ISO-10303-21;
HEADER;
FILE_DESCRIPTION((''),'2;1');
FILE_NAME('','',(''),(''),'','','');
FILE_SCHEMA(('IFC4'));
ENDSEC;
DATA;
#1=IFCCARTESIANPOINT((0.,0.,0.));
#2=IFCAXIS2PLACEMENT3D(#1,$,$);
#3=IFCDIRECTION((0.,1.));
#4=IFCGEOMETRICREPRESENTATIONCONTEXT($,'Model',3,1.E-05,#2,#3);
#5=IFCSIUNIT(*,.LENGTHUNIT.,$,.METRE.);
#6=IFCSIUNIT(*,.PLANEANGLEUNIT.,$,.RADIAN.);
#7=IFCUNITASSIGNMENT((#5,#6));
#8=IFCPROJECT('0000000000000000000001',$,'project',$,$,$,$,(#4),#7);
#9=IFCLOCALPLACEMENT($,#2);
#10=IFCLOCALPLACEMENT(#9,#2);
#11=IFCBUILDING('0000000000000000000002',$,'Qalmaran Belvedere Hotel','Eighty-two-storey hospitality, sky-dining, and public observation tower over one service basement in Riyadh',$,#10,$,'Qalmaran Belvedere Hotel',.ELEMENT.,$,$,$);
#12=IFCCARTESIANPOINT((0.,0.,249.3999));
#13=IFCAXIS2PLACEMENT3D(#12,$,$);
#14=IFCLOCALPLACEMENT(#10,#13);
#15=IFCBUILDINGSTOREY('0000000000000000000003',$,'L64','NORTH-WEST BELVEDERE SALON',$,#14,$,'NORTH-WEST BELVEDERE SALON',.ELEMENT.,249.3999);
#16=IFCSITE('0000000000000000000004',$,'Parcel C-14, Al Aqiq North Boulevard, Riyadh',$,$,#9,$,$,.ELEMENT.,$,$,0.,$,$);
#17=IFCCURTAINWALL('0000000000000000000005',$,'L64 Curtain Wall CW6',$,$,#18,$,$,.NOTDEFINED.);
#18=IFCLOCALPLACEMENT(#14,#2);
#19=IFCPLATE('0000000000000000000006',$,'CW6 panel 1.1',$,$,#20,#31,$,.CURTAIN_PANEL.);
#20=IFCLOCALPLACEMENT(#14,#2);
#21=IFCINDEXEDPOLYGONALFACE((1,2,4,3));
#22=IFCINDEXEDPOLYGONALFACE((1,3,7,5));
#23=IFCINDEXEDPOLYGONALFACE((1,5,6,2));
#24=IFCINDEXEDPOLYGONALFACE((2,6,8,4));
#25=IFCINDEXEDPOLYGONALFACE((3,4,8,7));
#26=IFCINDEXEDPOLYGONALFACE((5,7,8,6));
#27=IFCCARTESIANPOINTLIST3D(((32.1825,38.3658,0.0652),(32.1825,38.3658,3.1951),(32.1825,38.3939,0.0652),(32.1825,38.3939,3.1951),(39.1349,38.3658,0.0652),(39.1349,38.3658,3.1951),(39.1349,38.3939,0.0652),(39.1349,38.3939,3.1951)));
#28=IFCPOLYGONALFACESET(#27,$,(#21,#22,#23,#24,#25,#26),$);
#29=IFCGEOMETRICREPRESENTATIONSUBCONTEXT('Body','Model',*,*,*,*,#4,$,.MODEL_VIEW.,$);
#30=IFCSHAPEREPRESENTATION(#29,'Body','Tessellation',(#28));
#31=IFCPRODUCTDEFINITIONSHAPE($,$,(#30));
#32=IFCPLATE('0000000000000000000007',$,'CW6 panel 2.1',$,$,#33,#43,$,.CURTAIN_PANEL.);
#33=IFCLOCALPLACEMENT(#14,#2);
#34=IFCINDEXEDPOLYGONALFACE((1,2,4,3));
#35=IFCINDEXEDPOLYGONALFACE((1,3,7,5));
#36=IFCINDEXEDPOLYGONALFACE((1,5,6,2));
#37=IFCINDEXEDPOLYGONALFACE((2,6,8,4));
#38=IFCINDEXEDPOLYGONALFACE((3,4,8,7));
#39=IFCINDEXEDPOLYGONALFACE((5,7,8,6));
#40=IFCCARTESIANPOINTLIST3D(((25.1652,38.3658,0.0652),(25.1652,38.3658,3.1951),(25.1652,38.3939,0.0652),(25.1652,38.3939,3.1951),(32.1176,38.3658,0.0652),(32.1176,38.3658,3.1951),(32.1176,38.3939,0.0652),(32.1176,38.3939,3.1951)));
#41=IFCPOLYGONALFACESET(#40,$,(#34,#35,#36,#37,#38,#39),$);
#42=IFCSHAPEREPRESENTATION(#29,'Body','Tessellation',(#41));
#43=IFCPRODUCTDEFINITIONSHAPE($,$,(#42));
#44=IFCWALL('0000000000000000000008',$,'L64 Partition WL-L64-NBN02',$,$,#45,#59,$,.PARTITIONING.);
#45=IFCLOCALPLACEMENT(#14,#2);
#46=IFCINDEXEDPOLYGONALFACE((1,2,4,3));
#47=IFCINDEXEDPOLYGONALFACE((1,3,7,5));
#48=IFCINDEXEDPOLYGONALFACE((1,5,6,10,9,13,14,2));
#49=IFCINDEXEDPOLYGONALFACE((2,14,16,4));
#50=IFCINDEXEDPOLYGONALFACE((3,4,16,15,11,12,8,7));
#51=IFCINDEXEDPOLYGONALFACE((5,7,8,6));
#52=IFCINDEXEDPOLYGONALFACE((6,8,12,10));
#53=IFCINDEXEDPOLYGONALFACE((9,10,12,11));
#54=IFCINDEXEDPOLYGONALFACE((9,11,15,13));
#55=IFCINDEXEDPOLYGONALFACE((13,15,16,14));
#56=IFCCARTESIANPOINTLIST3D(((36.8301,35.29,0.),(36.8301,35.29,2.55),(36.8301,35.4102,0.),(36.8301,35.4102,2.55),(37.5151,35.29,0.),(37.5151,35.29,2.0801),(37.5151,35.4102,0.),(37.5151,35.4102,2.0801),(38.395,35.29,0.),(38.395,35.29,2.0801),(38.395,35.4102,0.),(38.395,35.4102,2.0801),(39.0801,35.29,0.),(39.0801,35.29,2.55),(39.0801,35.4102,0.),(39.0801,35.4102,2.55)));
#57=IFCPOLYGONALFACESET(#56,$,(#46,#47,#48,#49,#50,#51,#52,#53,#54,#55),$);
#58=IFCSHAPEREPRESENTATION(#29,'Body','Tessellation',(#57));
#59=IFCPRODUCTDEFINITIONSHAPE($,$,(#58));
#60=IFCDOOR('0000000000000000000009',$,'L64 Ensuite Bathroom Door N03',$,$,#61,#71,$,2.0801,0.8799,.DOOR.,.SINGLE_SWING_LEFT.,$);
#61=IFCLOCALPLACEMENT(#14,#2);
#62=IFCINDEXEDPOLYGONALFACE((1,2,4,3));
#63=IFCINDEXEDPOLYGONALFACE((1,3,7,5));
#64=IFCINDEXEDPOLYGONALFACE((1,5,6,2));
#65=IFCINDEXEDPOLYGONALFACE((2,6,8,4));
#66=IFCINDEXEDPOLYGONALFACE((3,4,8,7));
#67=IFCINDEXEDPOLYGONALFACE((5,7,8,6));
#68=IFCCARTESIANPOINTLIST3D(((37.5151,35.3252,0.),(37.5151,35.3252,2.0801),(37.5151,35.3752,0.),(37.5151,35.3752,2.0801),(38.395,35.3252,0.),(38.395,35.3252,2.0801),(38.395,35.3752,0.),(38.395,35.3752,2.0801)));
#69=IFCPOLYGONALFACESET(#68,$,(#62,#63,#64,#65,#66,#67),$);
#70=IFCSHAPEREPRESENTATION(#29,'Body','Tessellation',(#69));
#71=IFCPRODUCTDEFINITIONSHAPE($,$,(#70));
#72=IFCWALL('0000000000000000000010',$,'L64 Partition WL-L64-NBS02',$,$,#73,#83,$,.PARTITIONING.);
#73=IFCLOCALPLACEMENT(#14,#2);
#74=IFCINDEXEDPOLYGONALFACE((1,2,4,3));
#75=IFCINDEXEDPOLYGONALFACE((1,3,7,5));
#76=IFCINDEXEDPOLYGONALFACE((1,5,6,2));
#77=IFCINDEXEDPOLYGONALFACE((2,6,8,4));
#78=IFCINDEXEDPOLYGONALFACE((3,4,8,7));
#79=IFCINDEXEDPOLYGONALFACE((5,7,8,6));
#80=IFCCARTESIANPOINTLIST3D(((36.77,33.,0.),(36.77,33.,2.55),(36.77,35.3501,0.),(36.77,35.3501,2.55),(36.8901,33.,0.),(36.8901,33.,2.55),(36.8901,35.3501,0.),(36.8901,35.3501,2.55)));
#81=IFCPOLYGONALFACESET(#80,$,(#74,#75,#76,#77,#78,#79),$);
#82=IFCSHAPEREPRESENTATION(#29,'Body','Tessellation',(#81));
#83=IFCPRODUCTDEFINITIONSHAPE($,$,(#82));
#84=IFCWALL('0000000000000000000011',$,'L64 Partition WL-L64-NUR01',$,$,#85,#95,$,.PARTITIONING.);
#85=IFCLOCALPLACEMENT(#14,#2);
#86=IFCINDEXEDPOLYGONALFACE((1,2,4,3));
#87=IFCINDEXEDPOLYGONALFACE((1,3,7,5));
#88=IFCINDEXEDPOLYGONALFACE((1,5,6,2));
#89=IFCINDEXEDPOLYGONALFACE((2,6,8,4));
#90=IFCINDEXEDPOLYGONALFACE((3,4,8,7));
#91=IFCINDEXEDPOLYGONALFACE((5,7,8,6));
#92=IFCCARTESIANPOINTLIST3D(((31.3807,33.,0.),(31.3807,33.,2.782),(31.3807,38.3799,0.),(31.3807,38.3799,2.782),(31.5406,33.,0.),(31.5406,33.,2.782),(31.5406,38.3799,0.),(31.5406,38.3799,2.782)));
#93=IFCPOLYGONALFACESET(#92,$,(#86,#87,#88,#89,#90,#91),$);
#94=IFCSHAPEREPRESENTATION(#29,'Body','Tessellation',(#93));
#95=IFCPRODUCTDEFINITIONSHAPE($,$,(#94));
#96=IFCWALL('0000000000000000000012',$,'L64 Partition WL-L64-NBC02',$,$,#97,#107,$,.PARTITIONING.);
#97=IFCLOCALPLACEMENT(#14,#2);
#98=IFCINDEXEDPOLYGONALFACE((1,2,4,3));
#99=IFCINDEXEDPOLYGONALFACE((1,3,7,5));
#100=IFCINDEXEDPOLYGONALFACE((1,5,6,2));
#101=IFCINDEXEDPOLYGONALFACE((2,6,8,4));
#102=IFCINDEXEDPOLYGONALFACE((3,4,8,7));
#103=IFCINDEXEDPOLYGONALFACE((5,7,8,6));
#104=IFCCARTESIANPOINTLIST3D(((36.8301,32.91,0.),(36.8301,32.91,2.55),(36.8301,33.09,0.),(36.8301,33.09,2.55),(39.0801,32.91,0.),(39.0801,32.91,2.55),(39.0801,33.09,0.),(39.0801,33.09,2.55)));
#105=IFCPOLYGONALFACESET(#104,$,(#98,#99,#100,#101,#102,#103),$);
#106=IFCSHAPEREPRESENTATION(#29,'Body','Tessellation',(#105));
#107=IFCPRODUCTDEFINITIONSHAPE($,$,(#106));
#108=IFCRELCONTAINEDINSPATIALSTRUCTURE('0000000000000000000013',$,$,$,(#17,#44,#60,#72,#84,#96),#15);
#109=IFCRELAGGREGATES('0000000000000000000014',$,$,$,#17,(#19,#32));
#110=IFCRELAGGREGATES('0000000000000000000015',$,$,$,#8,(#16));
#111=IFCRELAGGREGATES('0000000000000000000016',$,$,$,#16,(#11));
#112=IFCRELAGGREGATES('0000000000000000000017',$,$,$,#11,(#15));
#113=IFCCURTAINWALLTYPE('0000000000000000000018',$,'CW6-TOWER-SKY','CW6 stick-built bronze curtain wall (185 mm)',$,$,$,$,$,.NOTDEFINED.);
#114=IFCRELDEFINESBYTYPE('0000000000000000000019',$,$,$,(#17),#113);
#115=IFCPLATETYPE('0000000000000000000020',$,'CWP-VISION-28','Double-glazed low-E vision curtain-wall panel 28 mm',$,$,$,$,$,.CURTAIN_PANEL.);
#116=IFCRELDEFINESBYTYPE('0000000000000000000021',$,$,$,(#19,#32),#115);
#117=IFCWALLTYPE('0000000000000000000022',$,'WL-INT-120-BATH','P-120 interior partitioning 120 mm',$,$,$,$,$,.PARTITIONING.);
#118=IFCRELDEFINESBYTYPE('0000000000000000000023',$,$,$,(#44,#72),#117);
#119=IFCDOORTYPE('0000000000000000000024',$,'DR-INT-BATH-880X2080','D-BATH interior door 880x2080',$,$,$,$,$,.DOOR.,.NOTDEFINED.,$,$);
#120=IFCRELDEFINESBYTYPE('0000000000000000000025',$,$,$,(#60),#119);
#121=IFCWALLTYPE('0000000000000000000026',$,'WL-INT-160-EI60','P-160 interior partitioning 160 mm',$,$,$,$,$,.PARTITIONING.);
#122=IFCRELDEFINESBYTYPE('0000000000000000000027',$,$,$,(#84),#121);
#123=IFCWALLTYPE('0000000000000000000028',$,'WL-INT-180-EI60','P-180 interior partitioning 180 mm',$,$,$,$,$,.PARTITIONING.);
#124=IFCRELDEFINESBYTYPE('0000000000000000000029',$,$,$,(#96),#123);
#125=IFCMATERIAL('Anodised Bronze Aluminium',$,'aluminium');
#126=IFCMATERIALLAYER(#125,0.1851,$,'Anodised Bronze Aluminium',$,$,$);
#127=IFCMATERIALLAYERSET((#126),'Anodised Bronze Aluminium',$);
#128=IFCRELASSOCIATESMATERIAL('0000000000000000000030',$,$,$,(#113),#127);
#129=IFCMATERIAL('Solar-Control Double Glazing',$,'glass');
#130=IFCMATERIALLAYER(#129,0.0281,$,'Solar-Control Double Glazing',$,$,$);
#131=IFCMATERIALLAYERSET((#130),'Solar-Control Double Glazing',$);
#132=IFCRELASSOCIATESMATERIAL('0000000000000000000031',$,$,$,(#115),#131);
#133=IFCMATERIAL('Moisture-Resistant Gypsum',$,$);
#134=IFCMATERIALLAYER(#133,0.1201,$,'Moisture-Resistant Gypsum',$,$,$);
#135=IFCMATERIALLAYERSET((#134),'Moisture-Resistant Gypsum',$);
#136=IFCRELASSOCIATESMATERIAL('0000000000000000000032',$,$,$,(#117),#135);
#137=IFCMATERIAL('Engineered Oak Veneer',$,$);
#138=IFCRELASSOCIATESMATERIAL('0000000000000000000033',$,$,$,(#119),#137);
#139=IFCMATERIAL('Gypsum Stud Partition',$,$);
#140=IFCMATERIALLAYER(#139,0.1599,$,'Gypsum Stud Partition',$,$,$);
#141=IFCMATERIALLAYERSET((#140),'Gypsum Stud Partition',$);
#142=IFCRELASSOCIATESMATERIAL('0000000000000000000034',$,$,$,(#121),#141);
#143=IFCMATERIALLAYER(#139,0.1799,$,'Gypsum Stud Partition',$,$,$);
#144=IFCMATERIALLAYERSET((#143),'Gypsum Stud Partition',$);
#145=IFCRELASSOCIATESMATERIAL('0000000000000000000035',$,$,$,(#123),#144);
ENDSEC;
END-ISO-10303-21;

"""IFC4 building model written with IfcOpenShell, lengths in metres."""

from ifc_helpers import new_model, si_unit, direction, frame, frame_2d, origin, origin_2d, place, context, subcontext, project, spatial, rectangle, extrude, material, layer, layer_set, type_object, element, fill, aggregate, save


model = new_model("IFC4")

# Units and contexts
model_context = context("Model", 3, precision=1e-05, world=origin(), true_north=direction((0.0, 1.0)))
body_context = subcontext(model_context, "Body", "Model", "MODEL_VIEW")
ifc_project = project(units=[si_unit("LENGTHUNIT", "METRE"), si_unit("PLANEANGLEUNIT", "RADIAN")], contexts=[model_context])

# Site, building, storey
site_placement = place(None, origin())
site = spatial("IfcSite", under=ifc_project, at=site_placement, Name="Parcel C-14, Al Aqiq North Boulevard, Riyadh", CompositionType="ELEMENT", RefElevation=0.0)
building_placement = place(site_placement, origin())
building = spatial("IfcBuilding", under=site, at=building_placement, Name="Qalmaran Belvedere Hotel", Description="Eighty-two-storey hospitality, sky-dining, and public observation tower over one service basement in Riyadh", LongName="Qalmaran Belvedere Hotel", CompositionType="ELEMENT")
storey_placement = place(building_placement, frame((0.0, 0.0, 249.3999)))
storey = spatial("IfcBuildingStorey", under=building, at=storey_placement, Name="L64", Description="NORTH-WEST BELVEDERE SALON", LongName="NORTH-WEST BELVEDERE SALON", CompositionType="ELEMENT", Elevation=249.3999)

# Curtain wall, plates
ifc_material_1 = material(Name="Anodised Bronze Aluminium", Category="aluminium")
ifc_layer_1 = layer(ifc_material_1, 0.1851, Name="Anodised Bronze Aluminium")
ifc_layer_set_1 = layer_set([ifc_layer_1], Name="Anodised Bronze Aluminium")
curtain_wall_type = type_object("IfcCurtainWallType", Name="CW6-TOWER-SKY", Description="CW6 stick-built bronze curtain wall (185 mm)", PredefinedType="NOTDEFINED", material=ifc_layer_set_1)
curtain_wall_placement = place(storey_placement, origin())
curtain_wall = element("IfcCurtainWall", 1, at=curtain_wall_placement, inside=storey, type_object=curtain_wall_type, Name="L64 Curtain Wall CW6", PredefinedType="NOTDEFINED")
ifc_material_2 = material(Name="Solar-Control Double Glazing", Category="glass")
ifc_layer_2 = layer(ifc_material_2, 0.0281, Name="Solar-Control Double Glazing")
ifc_layer_set_2 = layer_set([ifc_layer_2], Name="Solar-Control Double Glazing")
plate_type = type_object("IfcPlateType", Name="CWP-VISION-28", Description="Double-glazed low-E vision curtain-wall panel 28 mm", PredefinedType="CURTAIN_PANEL", material=ifc_layer_set_2)
plate_1_placement = place(storey_placement, frame((35.6587, 38.3799, 0.0652), z_axis=(0.0, 0.0, 1.0), x_axis=(-1.0, 0.0, 0.0)))
plate_1 = element("IfcPlate", 2, at=plate_1_placement, type_object=plate_type, Name="CW6 panel 1.1", PredefinedType="CURTAIN_PANEL", context=body_context, shape_type="SweptSolid", body=[
    extrude(rectangle(XDim=6.9524, YDim=0.0281, at=origin_2d()), origin(), (0.0, 0.0, 1.0), 3.1299),
])
plate_2_placement = place(storey_placement, frame((28.6414, 38.3799, 0.0652), z_axis=(0.0, 0.0, 1.0), x_axis=(-1.0, 0.0, 0.0)))
plate_2 = element("IfcPlate", 3, at=plate_2_placement, type_object=plate_type, Name="CW6 panel 2.1", PredefinedType="CURTAIN_PANEL", context=body_context, shape_type="SweptSolid", body=[
    extrude(rectangle(XDim=6.9524, YDim=0.0281, at=origin_2d()), origin(), (0.0, 0.0, 1.0), 3.1299),
])
aggregate(curtain_wall, [plate_1, plate_2])

# Wall, opening, door
ifc_material_3 = material(Name="Moisture-Resistant Gypsum")
ifc_layer_3 = layer(ifc_material_3, 0.1201, Name="Moisture-Resistant Gypsum")
ifc_layer_set_3 = layer_set([ifc_layer_3], Name="Moisture-Resistant Gypsum")
wall_type_1 = type_object("IfcWallType", Name="WL-INT-120-BATH", Description="P-120 interior partitioning 120 mm", PredefinedType="PARTITIONING", material=ifc_layer_set_3)
wall_1_placement = place(storey_placement, frame((36.8301, 35.3501, 0.0), z_axis=(0.0, 0.0, 1.0), x_axis=(1.0, 0.0, 0.0)))
wall_1 = element("IfcWall", 4, at=wall_1_placement, inside=storey, type_object=wall_type_1, Name="L64 Partition WL-L64-NBN02", PredefinedType="PARTITIONING", context=body_context, shape_type="SweptSolid", body=[
    extrude(rectangle(XDim=2.25, YDim=0.1201, at=frame_2d((1.125, 0.0))), origin(), (0.0, 0.0, 1.0), 2.55),
])
opening_1_placement = place(wall_1_placement, frame((1.5649, 0.0, 0.0), z_axis=(0.0, 0.0, 1.0), x_axis=(-1.0, 0.0, 0.0)))
opening_1 = element("IfcOpeningElement", 5, at=opening_1_placement, cuts=wall_1, PredefinedType="OPENING", context=body_context, shape_type="SweptSolid", body=[
    extrude(rectangle(XDim=0.8799, YDim=2.0801, at=frame_2d((0.4399, 1.04))), frame((0.0, 0.0701, 0.0), z_axis=(0.0, -1.0, 0.0), x_axis=(1.0, 0.0, 0.0)), (0.0, 0.0, 1.0), 0.1401),
])
ifc_material_4 = material(Name="Engineered Oak Veneer")
door_type_1 = type_object("IfcDoorType", Name="DR-INT-BATH-880X2080", Description="D-BATH interior door 880x2080", OperationType="NOTDEFINED", PredefinedType="DOOR", material=ifc_material_4)
door_1_placement = place(opening_1_placement, origin())
door_1 = element("IfcDoor", 6, at=door_1_placement, inside=storey, type_object=door_type_1, Name="L64 Ensuite Bathroom Door N03", OperationType="SINGLE_SWING_LEFT", OverallHeight=2.0801, OverallWidth=0.8799, PredefinedType="DOOR", context=body_context, shape_type="SweptSolid", body=[
    extrude(rectangle(XDim=0.8799, YDim=2.0801, at=frame_2d((0.4399, 1.04))), frame((0.0, 0.0249, 0.0), z_axis=(0.0, -1.0, 0.0), x_axis=(1.0, 0.0, 0.0)), (0.0, 0.0, 1.0), 0.05),
])
fill(opening_1, door_1)

# Walls
wall_2_placement = place(storey_placement, frame((36.8301, 33.0, 0.0), z_axis=(0.0, 0.0, 1.0), x_axis=(0.0, 1.0, 0.0)))
element("IfcWall", 7, at=wall_2_placement, inside=storey, type_object=wall_type_1, Name="L64 Partition WL-L64-NBS02", PredefinedType="PARTITIONING", context=body_context, shape_type="SweptSolid", body=[
    extrude(rectangle(XDim=2.3501, YDim=0.1201, at=frame_2d((1.175, 0.0))), origin(), (0.0, 0.0, 1.0), 2.55),
])
ifc_material_5 = material(Name="Gypsum Stud Partition")
ifc_layer_4 = layer(ifc_material_5, 0.1599, Name="Gypsum Stud Partition")
ifc_layer_set_4 = layer_set([ifc_layer_4], Name="Gypsum Stud Partition")
wall_type_2 = type_object("IfcWallType", Name="WL-INT-160-EI60", Description="P-160 interior partitioning 160 mm", PredefinedType="PARTITIONING", material=ifc_layer_set_4)
wall_3_placement = place(storey_placement, frame((31.4607, 33.0, 0.0), z_axis=(0.0, 0.0, 1.0), x_axis=(0.0, 1.0, 0.0)))
element("IfcWall", 8, at=wall_3_placement, inside=storey, type_object=wall_type_2, Name="L64 Partition WL-L64-NUR01", PredefinedType="PARTITIONING", context=body_context, shape_type="SweptSolid", body=[
    extrude(rectangle(XDim=5.3799, YDim=0.1599, at=frame_2d((2.6899, 0.0))), origin(), (0.0, 0.0, 1.0), 2.782),
])
ifc_layer_5 = layer(ifc_material_5, 0.1799, Name="Gypsum Stud Partition")
ifc_layer_set_5 = layer_set([ifc_layer_5], Name="Gypsum Stud Partition")
wall_type_3 = type_object("IfcWallType", Name="WL-INT-180-EI60", Description="P-180 interior partitioning 180 mm", PredefinedType="PARTITIONING", material=ifc_layer_set_5)
wall_4_placement = place(storey_placement, frame((36.8301, 33.0, 0.0), z_axis=(0.0, 0.0, 1.0), x_axis=(1.0, 0.0, 0.0)))
element("IfcWall", 9, at=wall_4_placement, inside=storey, type_object=wall_type_3, Name="L64 Partition WL-L64-NBC02", PredefinedType="PARTITIONING", context=body_context, shape_type="SweptSolid", body=[
    extrude(rectangle(XDim=2.25, YDim=0.1799, at=frame_2d((1.125, 0.0))), origin(), (0.0, 0.0, 1.0), 2.55),
])

save(model, "model.ifc")
